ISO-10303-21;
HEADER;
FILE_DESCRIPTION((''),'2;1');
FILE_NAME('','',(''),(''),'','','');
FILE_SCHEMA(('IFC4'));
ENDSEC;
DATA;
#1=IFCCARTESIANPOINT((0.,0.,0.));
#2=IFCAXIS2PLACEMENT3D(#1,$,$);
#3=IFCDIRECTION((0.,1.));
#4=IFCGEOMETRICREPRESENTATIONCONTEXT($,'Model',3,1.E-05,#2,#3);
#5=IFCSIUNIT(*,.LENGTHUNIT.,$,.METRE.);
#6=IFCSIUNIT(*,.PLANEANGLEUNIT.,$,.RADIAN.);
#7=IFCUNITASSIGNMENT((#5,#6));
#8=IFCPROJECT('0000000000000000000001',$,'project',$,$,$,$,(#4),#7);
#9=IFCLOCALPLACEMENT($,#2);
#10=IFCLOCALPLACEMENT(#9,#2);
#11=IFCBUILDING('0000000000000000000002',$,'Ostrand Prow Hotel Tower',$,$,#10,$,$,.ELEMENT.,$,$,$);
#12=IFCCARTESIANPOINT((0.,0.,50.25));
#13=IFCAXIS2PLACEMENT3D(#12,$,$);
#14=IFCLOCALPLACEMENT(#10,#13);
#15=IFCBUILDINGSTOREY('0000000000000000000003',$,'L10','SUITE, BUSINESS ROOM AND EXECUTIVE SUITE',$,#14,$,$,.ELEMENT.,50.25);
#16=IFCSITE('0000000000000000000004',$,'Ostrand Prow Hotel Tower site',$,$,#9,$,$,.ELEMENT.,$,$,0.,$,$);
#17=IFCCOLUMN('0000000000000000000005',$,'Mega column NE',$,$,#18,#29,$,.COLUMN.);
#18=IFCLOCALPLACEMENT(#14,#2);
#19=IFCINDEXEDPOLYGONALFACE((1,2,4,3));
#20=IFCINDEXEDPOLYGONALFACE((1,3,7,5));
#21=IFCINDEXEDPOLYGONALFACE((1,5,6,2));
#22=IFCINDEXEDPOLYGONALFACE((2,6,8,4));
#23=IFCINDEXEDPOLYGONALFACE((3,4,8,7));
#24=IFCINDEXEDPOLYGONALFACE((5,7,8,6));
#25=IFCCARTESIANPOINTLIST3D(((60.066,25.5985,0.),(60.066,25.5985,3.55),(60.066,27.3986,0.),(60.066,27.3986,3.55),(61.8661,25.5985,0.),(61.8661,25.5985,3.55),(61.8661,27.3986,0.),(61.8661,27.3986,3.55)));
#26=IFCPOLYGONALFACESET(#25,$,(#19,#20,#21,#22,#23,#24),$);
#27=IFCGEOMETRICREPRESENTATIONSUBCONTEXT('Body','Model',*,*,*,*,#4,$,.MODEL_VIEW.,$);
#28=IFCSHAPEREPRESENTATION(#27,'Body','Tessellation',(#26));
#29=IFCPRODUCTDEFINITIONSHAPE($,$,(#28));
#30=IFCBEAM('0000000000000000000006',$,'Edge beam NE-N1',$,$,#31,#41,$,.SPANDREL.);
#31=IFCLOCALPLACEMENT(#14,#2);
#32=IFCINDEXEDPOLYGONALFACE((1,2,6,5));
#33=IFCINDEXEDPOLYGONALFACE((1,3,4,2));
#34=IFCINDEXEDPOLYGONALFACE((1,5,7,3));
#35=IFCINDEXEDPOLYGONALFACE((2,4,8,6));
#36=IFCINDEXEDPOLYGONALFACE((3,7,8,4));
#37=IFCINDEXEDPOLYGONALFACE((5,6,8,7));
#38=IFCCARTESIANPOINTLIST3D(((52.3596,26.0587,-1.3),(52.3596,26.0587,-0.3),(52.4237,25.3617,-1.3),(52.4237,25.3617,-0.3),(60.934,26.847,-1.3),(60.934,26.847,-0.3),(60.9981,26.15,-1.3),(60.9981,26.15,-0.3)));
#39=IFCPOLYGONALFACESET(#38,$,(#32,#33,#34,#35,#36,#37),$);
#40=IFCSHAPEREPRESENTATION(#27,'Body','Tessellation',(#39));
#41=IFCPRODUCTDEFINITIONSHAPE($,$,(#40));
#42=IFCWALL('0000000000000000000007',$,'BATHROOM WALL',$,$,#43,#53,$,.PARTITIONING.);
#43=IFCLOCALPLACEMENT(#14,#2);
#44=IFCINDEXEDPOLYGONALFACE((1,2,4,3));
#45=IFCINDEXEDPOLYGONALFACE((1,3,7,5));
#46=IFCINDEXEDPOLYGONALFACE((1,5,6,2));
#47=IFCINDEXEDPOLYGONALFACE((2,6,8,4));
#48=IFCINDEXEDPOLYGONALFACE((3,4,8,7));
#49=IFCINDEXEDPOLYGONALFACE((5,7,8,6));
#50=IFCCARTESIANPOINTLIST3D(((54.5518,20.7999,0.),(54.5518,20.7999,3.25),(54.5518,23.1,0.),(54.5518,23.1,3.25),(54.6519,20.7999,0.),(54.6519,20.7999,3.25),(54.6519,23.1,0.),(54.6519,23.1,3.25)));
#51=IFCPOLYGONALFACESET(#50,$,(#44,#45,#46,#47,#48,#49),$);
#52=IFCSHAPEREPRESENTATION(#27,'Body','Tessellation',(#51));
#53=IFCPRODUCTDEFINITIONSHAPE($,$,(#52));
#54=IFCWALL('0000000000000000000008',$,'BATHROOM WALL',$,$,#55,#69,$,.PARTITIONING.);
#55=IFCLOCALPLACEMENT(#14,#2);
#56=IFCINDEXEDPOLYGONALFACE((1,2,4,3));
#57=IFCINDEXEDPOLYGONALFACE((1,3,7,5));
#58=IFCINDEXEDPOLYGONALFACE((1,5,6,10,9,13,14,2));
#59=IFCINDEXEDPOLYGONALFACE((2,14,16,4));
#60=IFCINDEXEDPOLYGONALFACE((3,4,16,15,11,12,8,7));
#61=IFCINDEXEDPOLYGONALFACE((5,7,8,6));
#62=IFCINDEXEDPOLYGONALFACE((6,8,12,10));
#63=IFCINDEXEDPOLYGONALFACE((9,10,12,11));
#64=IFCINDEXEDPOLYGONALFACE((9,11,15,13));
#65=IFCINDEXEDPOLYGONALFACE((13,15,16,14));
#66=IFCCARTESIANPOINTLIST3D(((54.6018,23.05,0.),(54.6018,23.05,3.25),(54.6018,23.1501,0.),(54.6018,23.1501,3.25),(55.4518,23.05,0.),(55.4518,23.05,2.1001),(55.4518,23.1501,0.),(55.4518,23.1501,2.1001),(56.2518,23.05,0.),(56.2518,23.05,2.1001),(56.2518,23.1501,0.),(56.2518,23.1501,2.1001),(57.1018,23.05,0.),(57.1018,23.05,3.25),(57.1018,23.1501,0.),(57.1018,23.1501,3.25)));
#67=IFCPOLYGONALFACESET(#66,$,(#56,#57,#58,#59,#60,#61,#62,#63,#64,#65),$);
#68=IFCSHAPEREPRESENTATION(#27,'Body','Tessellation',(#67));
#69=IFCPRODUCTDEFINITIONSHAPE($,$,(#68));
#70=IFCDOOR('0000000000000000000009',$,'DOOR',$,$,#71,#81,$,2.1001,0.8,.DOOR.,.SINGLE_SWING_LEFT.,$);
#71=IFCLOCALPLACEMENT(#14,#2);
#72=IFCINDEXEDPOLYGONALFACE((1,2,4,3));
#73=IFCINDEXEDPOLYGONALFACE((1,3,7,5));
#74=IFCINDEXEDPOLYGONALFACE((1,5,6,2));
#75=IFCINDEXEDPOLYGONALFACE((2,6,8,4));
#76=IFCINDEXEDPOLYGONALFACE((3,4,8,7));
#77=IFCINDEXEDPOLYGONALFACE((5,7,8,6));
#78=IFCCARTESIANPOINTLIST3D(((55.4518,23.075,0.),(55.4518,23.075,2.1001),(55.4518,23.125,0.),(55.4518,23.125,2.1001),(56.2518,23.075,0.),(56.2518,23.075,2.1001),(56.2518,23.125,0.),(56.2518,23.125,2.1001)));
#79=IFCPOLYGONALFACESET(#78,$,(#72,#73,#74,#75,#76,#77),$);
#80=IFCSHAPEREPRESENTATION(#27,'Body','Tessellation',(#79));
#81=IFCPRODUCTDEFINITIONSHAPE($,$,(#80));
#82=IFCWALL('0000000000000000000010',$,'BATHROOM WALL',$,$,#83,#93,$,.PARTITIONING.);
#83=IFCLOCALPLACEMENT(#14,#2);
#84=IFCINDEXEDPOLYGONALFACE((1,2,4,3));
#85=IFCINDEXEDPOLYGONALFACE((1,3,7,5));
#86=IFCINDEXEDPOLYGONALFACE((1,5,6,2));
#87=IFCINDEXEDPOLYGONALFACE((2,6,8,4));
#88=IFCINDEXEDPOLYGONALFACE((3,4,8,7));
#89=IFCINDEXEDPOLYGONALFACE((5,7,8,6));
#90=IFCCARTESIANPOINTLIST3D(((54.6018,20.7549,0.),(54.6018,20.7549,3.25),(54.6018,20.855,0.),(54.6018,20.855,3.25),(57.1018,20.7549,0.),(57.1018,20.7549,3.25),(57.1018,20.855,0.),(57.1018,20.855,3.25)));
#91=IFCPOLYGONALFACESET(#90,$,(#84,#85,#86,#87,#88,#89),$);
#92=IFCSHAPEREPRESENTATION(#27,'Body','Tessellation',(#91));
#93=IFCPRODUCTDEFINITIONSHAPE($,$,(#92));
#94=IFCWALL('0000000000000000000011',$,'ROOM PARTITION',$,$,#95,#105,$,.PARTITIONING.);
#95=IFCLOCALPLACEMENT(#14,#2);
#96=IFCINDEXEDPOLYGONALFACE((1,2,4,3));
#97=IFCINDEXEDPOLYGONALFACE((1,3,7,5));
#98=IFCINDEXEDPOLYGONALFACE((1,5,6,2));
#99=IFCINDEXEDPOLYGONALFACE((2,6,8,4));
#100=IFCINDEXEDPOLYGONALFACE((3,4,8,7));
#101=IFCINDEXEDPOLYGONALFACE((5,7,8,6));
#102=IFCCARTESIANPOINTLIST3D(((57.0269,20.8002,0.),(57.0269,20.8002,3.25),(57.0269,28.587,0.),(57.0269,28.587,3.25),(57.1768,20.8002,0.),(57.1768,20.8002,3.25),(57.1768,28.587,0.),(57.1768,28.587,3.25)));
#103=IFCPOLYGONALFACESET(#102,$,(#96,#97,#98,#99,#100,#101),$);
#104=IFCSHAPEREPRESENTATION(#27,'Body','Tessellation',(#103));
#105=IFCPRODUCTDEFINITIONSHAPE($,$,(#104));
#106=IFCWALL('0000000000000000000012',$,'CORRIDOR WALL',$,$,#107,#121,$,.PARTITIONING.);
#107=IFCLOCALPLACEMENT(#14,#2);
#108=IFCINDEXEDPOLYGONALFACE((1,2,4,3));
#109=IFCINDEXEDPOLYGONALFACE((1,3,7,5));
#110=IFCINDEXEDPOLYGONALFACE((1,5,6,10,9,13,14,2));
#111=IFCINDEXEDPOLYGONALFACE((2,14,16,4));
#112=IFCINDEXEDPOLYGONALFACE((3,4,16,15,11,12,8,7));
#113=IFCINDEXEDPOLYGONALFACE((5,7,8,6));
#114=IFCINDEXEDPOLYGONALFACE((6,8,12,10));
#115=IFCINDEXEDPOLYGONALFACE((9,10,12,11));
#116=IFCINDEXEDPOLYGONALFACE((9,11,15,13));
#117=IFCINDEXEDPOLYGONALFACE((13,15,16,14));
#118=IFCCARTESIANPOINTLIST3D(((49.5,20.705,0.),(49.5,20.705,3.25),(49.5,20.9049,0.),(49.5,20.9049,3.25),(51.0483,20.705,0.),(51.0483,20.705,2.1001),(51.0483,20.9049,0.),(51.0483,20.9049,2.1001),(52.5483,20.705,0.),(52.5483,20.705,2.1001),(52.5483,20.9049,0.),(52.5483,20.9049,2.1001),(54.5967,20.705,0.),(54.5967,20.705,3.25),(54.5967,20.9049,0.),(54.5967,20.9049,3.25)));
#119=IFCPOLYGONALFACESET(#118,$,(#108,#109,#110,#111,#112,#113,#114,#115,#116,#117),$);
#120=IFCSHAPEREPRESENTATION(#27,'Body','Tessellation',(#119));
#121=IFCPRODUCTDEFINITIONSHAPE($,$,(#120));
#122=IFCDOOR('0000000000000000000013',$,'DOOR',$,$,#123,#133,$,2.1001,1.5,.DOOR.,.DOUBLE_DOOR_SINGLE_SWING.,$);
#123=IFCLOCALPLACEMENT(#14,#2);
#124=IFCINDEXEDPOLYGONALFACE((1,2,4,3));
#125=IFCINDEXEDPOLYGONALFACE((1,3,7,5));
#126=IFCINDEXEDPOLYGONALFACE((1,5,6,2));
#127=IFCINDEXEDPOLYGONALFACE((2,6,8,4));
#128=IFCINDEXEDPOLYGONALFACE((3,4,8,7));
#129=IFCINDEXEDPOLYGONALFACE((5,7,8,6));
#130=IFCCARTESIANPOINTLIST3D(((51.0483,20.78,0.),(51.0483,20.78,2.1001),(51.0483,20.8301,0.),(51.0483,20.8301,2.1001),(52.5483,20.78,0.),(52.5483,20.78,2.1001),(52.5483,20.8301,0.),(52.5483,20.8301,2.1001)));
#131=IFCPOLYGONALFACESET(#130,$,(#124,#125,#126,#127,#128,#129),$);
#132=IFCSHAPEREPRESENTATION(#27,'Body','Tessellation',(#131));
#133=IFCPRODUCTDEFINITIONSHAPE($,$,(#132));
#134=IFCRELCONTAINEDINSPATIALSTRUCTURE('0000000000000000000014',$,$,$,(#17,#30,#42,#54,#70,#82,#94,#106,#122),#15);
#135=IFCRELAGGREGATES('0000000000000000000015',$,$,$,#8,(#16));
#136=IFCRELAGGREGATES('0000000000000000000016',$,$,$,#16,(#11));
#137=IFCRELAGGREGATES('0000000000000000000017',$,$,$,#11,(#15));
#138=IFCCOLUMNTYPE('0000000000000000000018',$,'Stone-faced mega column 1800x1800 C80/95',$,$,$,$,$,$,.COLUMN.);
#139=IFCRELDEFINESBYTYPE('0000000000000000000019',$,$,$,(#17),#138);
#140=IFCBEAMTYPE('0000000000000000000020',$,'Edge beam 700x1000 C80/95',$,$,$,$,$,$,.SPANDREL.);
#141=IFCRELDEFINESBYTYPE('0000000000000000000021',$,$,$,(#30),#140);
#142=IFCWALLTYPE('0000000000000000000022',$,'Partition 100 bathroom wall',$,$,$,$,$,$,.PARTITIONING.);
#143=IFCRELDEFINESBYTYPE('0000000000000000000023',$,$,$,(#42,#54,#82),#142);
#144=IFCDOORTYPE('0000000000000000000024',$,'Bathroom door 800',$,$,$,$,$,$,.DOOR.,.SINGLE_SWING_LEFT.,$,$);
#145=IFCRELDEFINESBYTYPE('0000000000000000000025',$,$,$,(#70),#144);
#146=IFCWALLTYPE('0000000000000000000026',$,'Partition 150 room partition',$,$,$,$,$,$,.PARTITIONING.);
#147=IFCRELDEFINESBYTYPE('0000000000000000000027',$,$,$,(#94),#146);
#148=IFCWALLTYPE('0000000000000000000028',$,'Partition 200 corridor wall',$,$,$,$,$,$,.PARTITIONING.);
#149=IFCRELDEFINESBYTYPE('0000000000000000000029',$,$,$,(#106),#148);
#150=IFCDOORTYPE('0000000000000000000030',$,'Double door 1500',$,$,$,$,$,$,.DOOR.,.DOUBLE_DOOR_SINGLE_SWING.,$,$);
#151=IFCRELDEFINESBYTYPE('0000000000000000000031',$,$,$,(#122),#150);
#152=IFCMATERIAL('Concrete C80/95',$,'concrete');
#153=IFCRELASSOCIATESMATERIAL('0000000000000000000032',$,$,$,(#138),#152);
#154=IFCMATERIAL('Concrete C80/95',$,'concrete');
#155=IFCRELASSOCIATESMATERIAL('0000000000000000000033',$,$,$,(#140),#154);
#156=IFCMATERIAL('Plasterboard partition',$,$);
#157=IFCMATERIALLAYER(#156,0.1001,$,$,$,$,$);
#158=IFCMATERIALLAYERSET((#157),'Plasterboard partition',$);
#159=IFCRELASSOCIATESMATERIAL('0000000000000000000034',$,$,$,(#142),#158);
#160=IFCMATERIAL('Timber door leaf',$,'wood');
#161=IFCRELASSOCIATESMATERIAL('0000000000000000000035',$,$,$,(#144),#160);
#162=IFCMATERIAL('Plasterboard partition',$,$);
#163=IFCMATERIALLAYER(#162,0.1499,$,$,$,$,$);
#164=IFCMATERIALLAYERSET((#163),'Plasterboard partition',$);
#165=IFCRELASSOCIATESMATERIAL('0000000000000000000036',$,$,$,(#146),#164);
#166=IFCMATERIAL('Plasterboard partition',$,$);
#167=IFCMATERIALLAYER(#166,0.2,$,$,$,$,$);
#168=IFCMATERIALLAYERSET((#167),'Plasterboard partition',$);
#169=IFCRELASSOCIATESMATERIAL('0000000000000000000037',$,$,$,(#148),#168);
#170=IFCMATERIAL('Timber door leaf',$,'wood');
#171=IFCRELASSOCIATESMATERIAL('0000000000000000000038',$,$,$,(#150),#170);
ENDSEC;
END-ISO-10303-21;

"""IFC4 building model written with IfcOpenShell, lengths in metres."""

from ifc_helpers import new_model, si_unit, direction, frame, frame_2d, origin, origin_2d, place, context, subcontext, project, spatial, rectangle, extrude, material, layer, layer_set, material_profile, profile_set, type_object, element, fill, save


model = new_model("IFC4")

# Units and contexts
model_context = context("Model", 3, precision=1e-05, world=origin(), true_north=direction((0.0, 1.0)))
body_context = subcontext(model_context, "Body", "Model", "MODEL_VIEW")
ifc_project = project(units=[si_unit("LENGTHUNIT", "METRE"), si_unit("PLANEANGLEUNIT", "RADIAN")], contexts=[model_context])

# Site, building, storey
site_placement = place(None, origin())
site = spatial("IfcSite", under=ifc_project, at=site_placement, Name="Ostrand Prow Hotel Tower site", CompositionType="ELEMENT", RefElevation=0.0)
building_placement = place(site_placement, origin())
building = spatial("IfcBuilding", under=site, at=building_placement, Name="Ostrand Prow Hotel Tower", CompositionType="ELEMENT")
storey_placement = place(building_placement, frame((0.0, 0.0, 50.25)))
storey = spatial("IfcBuildingStorey", under=building, at=storey_placement, Name="L10", Description="SUITE, BUSINESS ROOM AND EXECUTIVE SUITE", CompositionType="ELEMENT", Elevation=50.25)

# Column
ifc_material_1 = material(Name="Concrete C80/95", Category="concrete")
ifc_material_profile_1 = material_profile(ifc_material_1, rectangle(XDim=1.8, YDim=1.8, at=origin_2d()), Name="RC 1800x1800")
ifc_profile_set_1 = profile_set([ifc_material_profile_1], Name="Concrete C80/95")
column_type = type_object("IfcColumnType", Name="Stone-faced mega column 1800x1800 C80/95", PredefinedType="COLUMN", material=ifc_profile_set_1)
column_placement = place(storey_placement, frame((60.9661, 26.4985, 0.0), z_axis=(0.0, 0.0, 1.0), x_axis=(1.0, 0.0, 0.0)))
element("IfcColumn", 1, at=column_placement, inside=storey, type_object=column_type, Name="Mega column NE", PredefinedType="COLUMN", context=body_context, shape_type="SweptSolid", body=[
    extrude(rectangle(XDim=1.8, YDim=1.8, at=origin_2d()), origin(), (0.0, 0.0, 1.0), 3.55),
])

# Beam
ifc_material_2 = material(Name="Concrete C80/95", Category="concrete")
ifc_material_profile_2 = material_profile(ifc_material_2, rectangle(XDim=0.7, YDim=1.0, at=origin_2d()), Name="RC 700x1000")
ifc_profile_set_2 = profile_set([ifc_material_profile_2], Name="Concrete C80/95")
beam_type = type_object("IfcBeamType", Name="Edge beam 700x1000 C80/95", PredefinedType="SPANDREL", material=ifc_profile_set_2)
beam_placement = place(storey_placement, frame((60.9661, 26.4985, -0.8), z_axis=(-0.9958, -0.091553, 0.0), x_axis=(0.091553, -0.9958, 0.0)))
element("IfcBeam", 2, at=beam_placement, inside=storey, type_object=beam_type, Name="Edge beam NE-N1", PredefinedType="SPANDREL", context=body_context, shape_type="SweptSolid", body=[
    extrude(rectangle(XDim=0.7, YDim=1.0, at=origin_2d()), origin(), (0.0, 0.0, 1.0), 8.6106),
])

# Wall
ifc_material_3 = material(Name="Plasterboard partition")
ifc_layer_1 = layer(ifc_material_3, 0.1001)
ifc_layer_set_1 = layer_set([ifc_layer_1], Name="Plasterboard partition")
wall_type_1 = type_object("IfcWallType", Name="Partition 100 bathroom wall", PredefinedType="PARTITIONING", material=ifc_layer_set_1)
wall_1_placement = place(storey_placement, frame((54.6018, 20.8, 0.0), z_axis=(0.0, 0.0, 1.0), x_axis=(0.0, 1.0, 0.0)))
element("IfcWall", 3, at=wall_1_placement, inside=storey, type_object=wall_type_1, Name="BATHROOM WALL", PredefinedType="PARTITIONING", context=body_context, shape_type="SweptSolid", body=[
    extrude(rectangle(XDim=2.3, YDim=0.1001, at=frame_2d((1.1499, 0.0))), origin(), (0.0, 0.0, 1.0), 3.25),
])

# Wall, opening, door
wall_2_placement = place(storey_placement, frame((54.6018, 23.1001, 0.0), z_axis=(0.0, 0.0, 1.0), x_axis=(1.0, 0.0, 0.0)))
wall_2 = element("IfcWall", 4, at=wall_2_placement, inside=storey, type_object=wall_type_1, Name="BATHROOM WALL", PredefinedType="PARTITIONING", context=body_context, shape_type="SweptSolid", body=[
    extrude(rectangle(XDim=2.5, YDim=0.1001, at=frame_2d((1.25, 0.0))), origin(), (0.0, 0.0, 1.0), 3.25),
])
opening_1_placement = place(wall_2_placement, frame((0.8501, 0.0, 0.0)))
opening_1 = element("IfcOpeningElement", 5, at=opening_1_placement, cuts=wall_2, PredefinedType="OPENING", context=body_context, shape_type="SweptSolid", body=[
    extrude(rectangle(XDim=0.8, YDim=2.1001, at=frame_2d((0.3999, 1.05))), frame((0.0, 0.0601, 0.0), z_axis=(0.0, -1.0, 0.0), x_axis=(1.0, 0.0, 0.0)), (0.0, 0.0, 1.0), 0.1201),
])
ifc_material_4 = material(Name="Timber door leaf", Category="wood")
door_type_1 = type_object("IfcDoorType", Name="Bathroom door 800", OperationType="SINGLE_SWING_LEFT", PredefinedType="DOOR", material=ifc_material_4)
door_1_placement = place(opening_1_placement, origin())
door_1 = element("IfcDoor", 6, at=door_1_placement, inside=storey, type_object=door_type_1, Name="DOOR", OperationType="SINGLE_SWING_LEFT", OverallHeight=2.1001, OverallWidth=0.8, PredefinedType="DOOR", context=body_context, shape_type="SweptSolid", body=[
    extrude(rectangle(XDim=0.8, YDim=2.1001, at=frame_2d((0.3999, 1.05))), frame((0.0, 0.0249, 0.0), z_axis=(0.0, -1.0, 0.0), x_axis=(1.0, 0.0, 0.0)), (0.0, 0.0, 1.0), 0.05),
])
fill(opening_1, door_1)

# Walls
wall_3_placement = place(storey_placement, frame((57.1018, 20.8049, 0.0), z_axis=(0.0, 0.0, 1.0), x_axis=(-1.0, 0.0, 0.0)))
element("IfcWall", 7, at=wall_3_placement, inside=storey, type_object=wall_type_1, Name="BATHROOM WALL", PredefinedType="PARTITIONING", context=body_context, shape_type="SweptSolid", body=[
    extrude(rectangle(XDim=2.5, YDim=0.1001, at=frame_2d((1.25, 0.0))), origin(), (0.0, 0.0, 1.0), 3.25),
])
ifc_material_5 = material(Name="Plasterboard partition")
ifc_layer_2 = layer(ifc_material_5, 0.1499)
ifc_layer_set_2 = layer_set([ifc_layer_2], Name="Plasterboard partition")
wall_type_2 = type_object("IfcWallType", Name="Partition 150 room partition", PredefinedType="PARTITIONING", material=ifc_layer_set_2)
wall_4_placement = place(storey_placement, frame((57.1018, 20.8, 0.0), z_axis=(0.0, 0.0, 1.0), x_axis=(0.0, 1.0, 0.0)))
element("IfcWall", 8, at=wall_4_placement, inside=storey, type_object=wall_type_2, Name="ROOM PARTITION", PredefinedType="PARTITIONING", context=body_context, shape_type="SweptSolid", body=[
    extrude(rectangle(XDim=7.7869, YDim=0.1499, at=frame_2d((3.8936, 0.0))), origin(), (0.0, 0.0, 1.0), 3.25),
])

# Wall, opening, door
ifc_material_6 = material(Name="Plasterboard partition")
ifc_layer_3 = layer(ifc_material_6, 0.2)
ifc_layer_set_3 = layer_set([ifc_layer_3], Name="Plasterboard partition")
wall_type_3 = type_object("IfcWallType", Name="Partition 200 corridor wall", PredefinedType="PARTITIONING", material=ifc_layer_set_3)
wall_5_placement = place(storey_placement, frame((54.5967, 20.8049, 0.0), z_axis=(0.0, 0.0, 1.0), x_axis=(-1.0, 0.0, 0.0)))
wall_5 = element("IfcWall", 9, at=wall_5_placement, inside=storey, type_object=wall_type_3, Name="CORRIDOR WALL", PredefinedType="PARTITIONING", context=body_context, shape_type="SweptSolid", body=[
    extrude(rectangle(XDim=5.0967, YDim=0.2, at=frame_2d((2.5483, 0.0))), origin(), (0.0, 0.0, 1.0), 3.25),
])
opening_2_placement = place(wall_5_placement, frame((2.0483, 0.0, 0.0)))
opening_2 = element("IfcOpeningElement", 10, at=opening_2_placement, cuts=wall_5, PredefinedType="OPENING", context=body_context, shape_type="SweptSolid", body=[
    extrude(rectangle(XDim=1.5, YDim=2.1001, at=frame_2d((0.75, 1.05))), frame((0.0, 0.1099, 0.0), z_axis=(0.0, -1.0, 0.0), x_axis=(1.0, 0.0, 0.0)), (0.0, 0.0, 1.0), 0.22),
])
ifc_material_7 = material(Name="Timber door leaf", Category="wood")
door_type_2 = type_object("IfcDoorType", Name="Double door 1500", OperationType="DOUBLE_DOOR_SINGLE_SWING", PredefinedType="DOOR", material=ifc_material_7)
door_2_placement = place(opening_2_placement, origin())
door_2 = element("IfcDoor", 11, at=door_2_placement, inside=storey, type_object=door_type_2, Name="DOOR", OperationType="DOUBLE_DOOR_SINGLE_SWING", OverallHeight=2.1001, OverallWidth=1.5, PredefinedType="DOOR", context=body_context, shape_type="SweptSolid", body=[
    extrude(rectangle(XDim=1.5, YDim=2.1001, at=frame_2d((0.75, 1.05))), frame((0.0, 0.0249, 0.0), z_axis=(0.0, -1.0, 0.0), x_axis=(1.0, 0.0, 0.0)), (0.0, 0.0, 1.0), 0.05),
])
fill(opening_2, door_2)

save(model, "model.ifc")
